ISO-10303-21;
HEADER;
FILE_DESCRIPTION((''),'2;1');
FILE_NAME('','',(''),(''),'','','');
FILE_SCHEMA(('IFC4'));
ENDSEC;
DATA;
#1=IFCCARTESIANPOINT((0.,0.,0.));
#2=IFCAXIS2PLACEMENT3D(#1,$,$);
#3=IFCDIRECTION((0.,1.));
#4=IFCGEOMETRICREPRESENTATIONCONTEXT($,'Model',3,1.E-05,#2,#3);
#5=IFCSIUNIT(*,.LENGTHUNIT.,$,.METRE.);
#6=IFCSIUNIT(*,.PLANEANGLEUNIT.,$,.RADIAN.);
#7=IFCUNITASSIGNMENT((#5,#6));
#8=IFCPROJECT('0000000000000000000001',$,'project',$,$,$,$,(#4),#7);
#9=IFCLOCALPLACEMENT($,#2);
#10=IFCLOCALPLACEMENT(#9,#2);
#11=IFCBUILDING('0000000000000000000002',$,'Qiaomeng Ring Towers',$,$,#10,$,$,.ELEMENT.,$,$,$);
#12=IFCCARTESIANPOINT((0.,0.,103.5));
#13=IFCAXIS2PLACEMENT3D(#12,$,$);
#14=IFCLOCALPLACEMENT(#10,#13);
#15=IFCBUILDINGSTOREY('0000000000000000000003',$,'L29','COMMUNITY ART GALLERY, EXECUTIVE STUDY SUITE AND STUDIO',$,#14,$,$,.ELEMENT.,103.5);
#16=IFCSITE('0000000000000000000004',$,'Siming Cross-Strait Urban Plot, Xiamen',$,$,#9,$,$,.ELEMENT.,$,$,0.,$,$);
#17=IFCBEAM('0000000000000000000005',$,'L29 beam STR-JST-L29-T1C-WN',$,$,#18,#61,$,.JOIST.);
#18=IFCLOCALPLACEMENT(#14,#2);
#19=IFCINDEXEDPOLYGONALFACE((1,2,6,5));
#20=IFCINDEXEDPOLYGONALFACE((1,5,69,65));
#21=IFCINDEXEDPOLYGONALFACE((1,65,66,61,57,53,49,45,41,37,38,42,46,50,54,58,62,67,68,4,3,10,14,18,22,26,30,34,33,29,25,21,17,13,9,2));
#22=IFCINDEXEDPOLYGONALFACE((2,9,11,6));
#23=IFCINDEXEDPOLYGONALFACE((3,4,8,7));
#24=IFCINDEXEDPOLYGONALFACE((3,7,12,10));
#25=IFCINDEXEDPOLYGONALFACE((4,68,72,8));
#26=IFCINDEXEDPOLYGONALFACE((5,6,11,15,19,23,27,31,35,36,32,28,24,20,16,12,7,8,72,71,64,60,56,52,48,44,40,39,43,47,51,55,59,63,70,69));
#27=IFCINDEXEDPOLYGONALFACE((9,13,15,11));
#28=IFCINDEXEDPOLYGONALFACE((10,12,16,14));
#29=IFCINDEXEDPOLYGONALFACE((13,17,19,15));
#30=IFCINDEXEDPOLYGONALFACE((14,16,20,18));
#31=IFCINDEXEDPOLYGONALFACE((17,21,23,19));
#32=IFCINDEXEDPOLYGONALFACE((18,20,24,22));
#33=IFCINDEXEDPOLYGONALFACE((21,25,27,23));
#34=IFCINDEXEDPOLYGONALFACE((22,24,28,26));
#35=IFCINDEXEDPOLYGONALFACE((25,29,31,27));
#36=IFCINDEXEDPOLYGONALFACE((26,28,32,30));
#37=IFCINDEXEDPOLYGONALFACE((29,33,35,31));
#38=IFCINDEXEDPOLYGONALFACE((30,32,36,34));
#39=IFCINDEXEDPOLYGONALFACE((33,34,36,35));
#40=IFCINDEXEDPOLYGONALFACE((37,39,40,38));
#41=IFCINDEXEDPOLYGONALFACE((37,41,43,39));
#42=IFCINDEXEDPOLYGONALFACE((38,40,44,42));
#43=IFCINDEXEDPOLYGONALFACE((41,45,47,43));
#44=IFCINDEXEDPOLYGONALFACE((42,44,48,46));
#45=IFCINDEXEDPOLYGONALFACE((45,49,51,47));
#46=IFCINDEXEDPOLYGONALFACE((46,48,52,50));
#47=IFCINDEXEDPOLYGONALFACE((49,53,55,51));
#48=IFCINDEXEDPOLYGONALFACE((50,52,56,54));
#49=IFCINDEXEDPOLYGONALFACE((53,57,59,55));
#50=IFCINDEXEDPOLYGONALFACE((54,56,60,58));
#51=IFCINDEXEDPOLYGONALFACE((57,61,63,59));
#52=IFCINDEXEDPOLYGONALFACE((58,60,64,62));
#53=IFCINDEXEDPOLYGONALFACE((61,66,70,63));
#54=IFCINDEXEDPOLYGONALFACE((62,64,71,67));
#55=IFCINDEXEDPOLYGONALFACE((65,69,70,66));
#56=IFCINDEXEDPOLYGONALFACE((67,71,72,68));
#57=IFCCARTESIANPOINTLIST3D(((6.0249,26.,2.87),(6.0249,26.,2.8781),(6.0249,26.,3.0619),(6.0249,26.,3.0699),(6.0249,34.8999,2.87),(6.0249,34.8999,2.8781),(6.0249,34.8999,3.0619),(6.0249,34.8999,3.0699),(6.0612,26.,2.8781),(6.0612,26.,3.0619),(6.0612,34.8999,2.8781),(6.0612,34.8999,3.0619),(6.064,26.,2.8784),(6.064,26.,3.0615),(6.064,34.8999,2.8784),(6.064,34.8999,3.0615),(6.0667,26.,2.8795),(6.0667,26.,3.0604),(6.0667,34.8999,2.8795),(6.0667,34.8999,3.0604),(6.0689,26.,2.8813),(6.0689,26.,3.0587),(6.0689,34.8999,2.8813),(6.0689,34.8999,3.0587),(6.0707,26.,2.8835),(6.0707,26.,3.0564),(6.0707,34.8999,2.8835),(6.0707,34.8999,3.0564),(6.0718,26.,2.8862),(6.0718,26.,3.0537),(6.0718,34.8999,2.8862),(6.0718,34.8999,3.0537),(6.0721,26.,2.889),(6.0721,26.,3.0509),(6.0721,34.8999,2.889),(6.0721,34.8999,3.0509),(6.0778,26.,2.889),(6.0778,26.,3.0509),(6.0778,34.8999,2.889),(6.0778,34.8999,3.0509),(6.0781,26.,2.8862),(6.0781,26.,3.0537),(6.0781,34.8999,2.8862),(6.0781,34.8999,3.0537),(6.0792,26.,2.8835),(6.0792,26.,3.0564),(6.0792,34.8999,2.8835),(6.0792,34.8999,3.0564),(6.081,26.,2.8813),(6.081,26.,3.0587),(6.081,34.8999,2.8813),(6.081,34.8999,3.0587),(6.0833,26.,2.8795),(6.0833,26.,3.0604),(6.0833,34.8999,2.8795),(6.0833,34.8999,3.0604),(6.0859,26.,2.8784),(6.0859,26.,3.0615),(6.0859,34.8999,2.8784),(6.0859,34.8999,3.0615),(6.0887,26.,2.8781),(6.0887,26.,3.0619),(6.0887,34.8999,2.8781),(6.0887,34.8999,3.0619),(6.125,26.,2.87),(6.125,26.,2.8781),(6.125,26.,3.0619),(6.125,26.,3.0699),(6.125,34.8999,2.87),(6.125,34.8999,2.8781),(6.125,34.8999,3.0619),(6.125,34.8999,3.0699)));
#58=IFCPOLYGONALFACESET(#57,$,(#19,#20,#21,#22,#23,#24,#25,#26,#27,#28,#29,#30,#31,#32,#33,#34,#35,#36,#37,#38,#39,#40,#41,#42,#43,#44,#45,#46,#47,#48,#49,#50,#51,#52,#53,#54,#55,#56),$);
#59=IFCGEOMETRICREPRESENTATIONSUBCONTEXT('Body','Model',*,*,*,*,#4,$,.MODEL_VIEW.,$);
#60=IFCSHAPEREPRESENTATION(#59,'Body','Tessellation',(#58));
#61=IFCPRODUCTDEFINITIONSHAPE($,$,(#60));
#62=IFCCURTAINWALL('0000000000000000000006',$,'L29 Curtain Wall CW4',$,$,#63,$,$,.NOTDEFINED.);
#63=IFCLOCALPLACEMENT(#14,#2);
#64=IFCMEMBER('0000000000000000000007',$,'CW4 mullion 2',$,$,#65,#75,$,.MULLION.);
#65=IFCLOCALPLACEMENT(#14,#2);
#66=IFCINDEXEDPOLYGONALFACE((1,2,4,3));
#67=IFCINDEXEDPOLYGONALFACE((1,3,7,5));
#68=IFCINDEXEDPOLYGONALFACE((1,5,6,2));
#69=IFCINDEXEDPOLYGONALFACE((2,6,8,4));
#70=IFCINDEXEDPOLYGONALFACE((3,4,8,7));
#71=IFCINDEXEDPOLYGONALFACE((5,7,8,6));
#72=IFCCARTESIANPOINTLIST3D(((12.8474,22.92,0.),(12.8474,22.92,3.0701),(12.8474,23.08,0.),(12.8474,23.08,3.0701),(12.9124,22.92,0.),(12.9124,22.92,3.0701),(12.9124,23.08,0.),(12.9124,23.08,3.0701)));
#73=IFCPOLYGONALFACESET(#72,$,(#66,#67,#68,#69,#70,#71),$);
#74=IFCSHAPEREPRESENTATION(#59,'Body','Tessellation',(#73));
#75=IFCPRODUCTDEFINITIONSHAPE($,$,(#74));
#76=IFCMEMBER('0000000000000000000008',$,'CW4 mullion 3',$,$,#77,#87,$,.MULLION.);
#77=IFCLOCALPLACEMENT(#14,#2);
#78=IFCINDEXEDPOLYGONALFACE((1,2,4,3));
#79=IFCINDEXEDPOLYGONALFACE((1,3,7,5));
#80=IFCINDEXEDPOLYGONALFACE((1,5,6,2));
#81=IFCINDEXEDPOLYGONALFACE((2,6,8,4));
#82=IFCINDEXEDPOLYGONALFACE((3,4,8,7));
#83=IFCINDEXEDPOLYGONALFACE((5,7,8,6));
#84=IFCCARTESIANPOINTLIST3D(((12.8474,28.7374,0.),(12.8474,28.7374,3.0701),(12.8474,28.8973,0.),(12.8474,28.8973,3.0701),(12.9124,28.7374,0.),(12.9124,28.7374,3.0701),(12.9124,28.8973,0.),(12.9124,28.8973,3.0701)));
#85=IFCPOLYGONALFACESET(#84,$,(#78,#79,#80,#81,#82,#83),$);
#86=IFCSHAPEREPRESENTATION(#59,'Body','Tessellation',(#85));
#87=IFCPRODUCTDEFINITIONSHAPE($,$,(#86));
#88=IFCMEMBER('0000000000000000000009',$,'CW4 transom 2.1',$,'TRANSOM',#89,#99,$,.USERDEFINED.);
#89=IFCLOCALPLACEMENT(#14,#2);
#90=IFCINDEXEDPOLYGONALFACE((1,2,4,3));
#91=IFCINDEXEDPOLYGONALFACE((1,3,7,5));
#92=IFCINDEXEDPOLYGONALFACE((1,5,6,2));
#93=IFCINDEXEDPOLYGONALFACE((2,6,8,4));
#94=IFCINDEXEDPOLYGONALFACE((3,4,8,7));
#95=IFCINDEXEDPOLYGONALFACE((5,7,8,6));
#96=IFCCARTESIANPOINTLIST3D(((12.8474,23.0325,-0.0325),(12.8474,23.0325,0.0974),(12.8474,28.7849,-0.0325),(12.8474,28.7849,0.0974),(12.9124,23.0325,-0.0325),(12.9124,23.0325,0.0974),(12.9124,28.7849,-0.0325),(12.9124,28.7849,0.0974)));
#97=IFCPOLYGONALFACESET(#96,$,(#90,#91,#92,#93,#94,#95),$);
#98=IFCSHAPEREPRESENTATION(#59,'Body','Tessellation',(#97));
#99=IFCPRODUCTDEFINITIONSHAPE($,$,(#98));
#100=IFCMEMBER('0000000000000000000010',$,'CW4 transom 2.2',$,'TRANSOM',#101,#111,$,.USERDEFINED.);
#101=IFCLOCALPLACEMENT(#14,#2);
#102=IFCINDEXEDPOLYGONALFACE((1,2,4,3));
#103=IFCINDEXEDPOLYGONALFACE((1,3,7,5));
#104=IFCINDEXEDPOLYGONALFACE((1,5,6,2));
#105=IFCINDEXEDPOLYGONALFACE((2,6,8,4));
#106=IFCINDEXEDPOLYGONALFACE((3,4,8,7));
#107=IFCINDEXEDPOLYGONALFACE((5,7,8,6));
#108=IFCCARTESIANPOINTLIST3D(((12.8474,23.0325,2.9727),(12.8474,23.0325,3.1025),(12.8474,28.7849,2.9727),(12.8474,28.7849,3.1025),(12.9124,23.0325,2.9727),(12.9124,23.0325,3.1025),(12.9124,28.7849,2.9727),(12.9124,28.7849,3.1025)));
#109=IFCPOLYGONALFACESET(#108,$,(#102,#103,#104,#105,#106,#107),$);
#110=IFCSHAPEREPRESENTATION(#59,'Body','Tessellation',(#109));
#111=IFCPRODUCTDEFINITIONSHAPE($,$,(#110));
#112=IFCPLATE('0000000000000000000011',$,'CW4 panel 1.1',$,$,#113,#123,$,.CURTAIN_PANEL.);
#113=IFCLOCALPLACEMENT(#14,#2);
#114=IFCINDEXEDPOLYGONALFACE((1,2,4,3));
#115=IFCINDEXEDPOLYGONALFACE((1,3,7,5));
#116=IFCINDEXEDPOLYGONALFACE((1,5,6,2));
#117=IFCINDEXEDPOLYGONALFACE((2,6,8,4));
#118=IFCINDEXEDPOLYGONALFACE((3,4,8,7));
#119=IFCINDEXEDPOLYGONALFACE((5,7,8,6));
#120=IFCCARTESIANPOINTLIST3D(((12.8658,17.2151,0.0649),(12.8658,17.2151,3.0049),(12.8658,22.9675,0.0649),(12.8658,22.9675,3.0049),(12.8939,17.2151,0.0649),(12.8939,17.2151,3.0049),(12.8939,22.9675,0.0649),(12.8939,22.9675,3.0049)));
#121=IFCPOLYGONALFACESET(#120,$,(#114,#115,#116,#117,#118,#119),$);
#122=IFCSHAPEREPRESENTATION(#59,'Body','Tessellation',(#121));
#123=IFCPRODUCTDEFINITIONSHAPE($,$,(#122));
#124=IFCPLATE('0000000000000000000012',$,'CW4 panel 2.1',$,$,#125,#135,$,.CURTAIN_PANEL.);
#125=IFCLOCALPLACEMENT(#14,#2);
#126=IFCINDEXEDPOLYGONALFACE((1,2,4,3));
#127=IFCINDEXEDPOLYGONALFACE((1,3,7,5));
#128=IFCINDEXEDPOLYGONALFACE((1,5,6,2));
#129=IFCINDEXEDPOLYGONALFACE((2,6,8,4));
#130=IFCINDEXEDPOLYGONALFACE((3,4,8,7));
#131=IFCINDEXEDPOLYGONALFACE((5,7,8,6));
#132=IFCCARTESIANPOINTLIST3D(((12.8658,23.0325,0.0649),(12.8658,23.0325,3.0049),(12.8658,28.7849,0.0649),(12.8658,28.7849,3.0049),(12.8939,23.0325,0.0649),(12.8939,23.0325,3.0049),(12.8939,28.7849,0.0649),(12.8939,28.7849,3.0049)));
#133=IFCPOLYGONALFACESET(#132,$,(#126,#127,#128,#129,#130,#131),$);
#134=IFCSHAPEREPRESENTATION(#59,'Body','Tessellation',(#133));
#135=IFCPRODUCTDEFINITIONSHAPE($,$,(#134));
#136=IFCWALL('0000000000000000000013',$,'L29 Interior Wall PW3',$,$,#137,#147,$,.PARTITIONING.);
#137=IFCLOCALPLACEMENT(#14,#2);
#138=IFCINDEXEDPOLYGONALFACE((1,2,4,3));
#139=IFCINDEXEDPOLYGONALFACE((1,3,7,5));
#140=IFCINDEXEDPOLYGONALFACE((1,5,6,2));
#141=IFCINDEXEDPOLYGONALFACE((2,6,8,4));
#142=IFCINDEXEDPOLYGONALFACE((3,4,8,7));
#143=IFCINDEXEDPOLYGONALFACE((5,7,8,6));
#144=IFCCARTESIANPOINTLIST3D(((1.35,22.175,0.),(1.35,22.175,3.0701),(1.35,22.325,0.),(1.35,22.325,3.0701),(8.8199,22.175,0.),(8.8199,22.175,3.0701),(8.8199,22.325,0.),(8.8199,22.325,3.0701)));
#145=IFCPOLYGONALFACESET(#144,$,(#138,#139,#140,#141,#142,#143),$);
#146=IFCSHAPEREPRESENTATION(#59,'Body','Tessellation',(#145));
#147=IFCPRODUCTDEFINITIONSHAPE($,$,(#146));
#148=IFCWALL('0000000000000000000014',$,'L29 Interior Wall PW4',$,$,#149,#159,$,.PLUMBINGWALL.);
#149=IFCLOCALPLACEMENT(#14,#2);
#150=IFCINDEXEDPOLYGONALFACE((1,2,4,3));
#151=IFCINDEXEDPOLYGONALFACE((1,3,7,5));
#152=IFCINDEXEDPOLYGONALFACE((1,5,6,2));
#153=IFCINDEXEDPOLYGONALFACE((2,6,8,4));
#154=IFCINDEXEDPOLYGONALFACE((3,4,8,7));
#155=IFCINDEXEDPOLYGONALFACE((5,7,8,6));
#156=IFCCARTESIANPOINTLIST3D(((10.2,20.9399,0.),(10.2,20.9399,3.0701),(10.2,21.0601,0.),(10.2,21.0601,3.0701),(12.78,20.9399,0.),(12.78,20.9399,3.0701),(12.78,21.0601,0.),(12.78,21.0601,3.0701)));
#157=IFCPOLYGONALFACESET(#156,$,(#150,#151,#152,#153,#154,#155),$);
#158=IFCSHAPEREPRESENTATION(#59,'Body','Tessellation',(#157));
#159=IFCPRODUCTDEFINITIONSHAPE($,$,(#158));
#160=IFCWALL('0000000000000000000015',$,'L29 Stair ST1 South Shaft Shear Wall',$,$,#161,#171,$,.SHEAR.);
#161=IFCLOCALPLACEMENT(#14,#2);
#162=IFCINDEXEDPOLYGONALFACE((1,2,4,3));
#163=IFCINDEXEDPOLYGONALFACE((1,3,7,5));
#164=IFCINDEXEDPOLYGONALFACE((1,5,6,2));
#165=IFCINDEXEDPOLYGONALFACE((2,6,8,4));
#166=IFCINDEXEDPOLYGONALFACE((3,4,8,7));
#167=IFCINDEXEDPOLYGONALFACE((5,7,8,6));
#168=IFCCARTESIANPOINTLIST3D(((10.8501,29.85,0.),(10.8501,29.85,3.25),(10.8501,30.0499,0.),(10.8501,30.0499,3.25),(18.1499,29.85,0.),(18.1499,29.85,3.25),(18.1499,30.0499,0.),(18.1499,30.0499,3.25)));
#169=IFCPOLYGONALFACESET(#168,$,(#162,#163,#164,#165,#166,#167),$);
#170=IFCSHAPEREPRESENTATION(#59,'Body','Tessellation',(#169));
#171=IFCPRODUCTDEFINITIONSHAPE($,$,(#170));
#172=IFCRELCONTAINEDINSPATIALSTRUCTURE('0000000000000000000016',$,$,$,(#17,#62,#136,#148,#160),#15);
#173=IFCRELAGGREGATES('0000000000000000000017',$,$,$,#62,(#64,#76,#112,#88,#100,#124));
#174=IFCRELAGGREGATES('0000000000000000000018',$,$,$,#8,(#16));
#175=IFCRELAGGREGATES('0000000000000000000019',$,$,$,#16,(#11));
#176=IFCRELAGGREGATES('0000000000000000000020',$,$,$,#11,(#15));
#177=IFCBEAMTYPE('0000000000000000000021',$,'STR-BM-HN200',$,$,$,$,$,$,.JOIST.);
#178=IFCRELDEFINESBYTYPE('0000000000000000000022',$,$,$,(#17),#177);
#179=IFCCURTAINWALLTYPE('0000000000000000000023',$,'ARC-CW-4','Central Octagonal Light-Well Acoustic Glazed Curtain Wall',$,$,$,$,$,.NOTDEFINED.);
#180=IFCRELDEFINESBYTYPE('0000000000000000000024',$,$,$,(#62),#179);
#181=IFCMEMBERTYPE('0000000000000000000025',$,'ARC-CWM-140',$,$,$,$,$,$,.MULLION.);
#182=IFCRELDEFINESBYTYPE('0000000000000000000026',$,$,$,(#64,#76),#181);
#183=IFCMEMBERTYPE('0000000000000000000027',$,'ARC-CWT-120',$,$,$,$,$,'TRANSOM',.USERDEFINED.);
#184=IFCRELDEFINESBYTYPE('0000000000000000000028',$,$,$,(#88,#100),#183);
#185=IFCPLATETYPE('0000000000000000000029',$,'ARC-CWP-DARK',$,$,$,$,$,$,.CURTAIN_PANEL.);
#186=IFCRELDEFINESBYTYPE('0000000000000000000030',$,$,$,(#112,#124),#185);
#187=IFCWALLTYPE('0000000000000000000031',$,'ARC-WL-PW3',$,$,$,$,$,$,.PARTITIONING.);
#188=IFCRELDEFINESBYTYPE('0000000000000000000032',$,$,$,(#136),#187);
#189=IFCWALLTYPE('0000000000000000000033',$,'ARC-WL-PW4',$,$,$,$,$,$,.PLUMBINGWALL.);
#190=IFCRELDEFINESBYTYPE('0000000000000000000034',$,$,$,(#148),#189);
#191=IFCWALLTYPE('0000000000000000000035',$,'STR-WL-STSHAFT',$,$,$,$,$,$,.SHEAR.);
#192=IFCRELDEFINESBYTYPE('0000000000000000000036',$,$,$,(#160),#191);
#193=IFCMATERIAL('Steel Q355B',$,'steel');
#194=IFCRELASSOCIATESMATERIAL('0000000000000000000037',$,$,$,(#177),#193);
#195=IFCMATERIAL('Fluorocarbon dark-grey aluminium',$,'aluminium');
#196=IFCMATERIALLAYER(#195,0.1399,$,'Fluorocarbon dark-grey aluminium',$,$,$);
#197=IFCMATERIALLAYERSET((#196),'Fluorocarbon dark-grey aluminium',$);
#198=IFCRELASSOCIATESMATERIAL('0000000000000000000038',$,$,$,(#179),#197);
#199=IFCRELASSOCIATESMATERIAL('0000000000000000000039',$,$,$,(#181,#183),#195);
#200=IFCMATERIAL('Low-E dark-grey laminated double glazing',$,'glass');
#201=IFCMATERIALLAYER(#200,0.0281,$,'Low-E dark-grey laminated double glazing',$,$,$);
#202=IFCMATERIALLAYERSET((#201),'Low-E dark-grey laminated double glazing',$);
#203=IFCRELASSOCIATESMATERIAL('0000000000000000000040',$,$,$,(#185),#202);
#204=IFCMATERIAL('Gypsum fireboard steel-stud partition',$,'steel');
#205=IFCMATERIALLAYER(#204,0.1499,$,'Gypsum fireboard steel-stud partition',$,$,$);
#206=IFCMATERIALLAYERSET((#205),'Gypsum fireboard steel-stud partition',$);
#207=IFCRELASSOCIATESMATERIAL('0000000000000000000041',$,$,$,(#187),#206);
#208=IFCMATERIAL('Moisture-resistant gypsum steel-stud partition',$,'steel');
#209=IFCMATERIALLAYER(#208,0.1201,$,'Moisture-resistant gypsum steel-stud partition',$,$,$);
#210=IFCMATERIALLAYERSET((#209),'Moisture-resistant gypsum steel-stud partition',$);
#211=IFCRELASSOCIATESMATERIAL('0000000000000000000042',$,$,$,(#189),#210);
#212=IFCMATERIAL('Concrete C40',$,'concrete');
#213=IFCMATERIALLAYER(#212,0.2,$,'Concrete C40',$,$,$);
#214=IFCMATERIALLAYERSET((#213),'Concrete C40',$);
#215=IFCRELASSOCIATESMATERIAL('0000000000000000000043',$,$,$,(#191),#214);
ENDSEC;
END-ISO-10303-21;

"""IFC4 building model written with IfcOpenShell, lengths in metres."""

from ifc_helpers import new_model, si_unit, direction, frame, frame_2d, origin, origin_2d, place, context, subcontext, project, spatial, rectangle, i_section, extrude, source, transform, mapped, material, layer, layer_set, material_profile, profile_set, type_object, element, aggregate, save


model = new_model("IFC4")

# Units and contexts
model_context = context("Model", 3, precision=1e-05, world=origin(), true_north=direction((0.0, 1.0)))
body_context = subcontext(model_context, "Body", "Model", "MODEL_VIEW")
ifc_project = project(units=[si_unit("LENGTHUNIT", "METRE"), si_unit("PLANEANGLEUNIT", "RADIAN")], contexts=[model_context])

# Site, building, storey
site_placement = place(None, origin())
site = spatial("IfcSite", under=ifc_project, at=site_placement, Name="Siming Cross-Strait Urban Plot, Xiamen", CompositionType="ELEMENT", RefElevation=0.0)
building_placement = place(site_placement, origin())
building = spatial("IfcBuilding", under=site, at=building_placement, Name="Qiaomeng Ring Towers", CompositionType="ELEMENT")
storey_placement = place(building_placement, frame((0.0, 0.0, 103.5)))
storey = spatial("IfcBuildingStorey", under=building, at=storey_placement, Name="L29", Description="COMMUNITY ART GALLERY, EXECUTIVE STUDY SUITE AND STUDIO", CompositionType="ELEMENT", Elevation=103.5)

# Beam
ifc_material_1 = material(Name="Steel Q355B", Category="steel")
ifc_material_profile_1 = material_profile(ifc_material_1, i_section(OverallWidth=0.1001, OverallDepth=0.2, WebThickness=0.0056, FlangeThickness=0.0081, FilletRadius=0.011, at=origin_2d()), Name="HN 200x100x5.5x8")
ifc_profile_set_1 = profile_set([ifc_material_profile_1], Name="Steel Q355B")
beam_type_1 = type_object("IfcBeamType", Name="STR-BM-HN200", PredefinedType="JOIST", material=ifc_profile_set_1)
shared_shape_1 = source(origin(), body_context, "Body", "SweptSolid", [
    extrude(i_section(OverallWidth=0.1001, OverallDepth=0.2, WebThickness=0.0056, FlangeThickness=0.0081, FilletRadius=0.011, at=origin_2d()), origin(), (0.0, 0.0, 1.0), 8.8999),
])
beam_1_placement = place(storey_placement, frame((6.075, 26.0, 2.97), z_axis=(0.0, 1.0, 0.0), x_axis=(-1.0, 0.0, 0.0)))
element("IfcBeam", 1, at=beam_1_placement, inside=storey, type_object=beam_type_1, Name="L29 beam STR-JST-L29-T1C-WN", PredefinedType="JOIST", context=body_context, shape_type="MappedRepresentation", body=[
    mapped(shared_shape_1, transform((0.0, 0.0, 0.0), x_axis=(1.0, 0.0, 0.0), y_axis=(0.0, 1.0, 0.0), z_axis=(0.0, 0.0, 1.0), scale=1.0)),
])

# Curtain wall, members, plates
ifc_material_2 = material(Name="Fluorocarbon dark-grey aluminium", Category="aluminium")
ifc_layer_1 = layer(ifc_material_2, 0.1399, Name="Fluorocarbon dark-grey aluminium")
ifc_layer_set_1 = layer_set([ifc_layer_1], Name="Fluorocarbon dark-grey aluminium")
curtain_wall_type = type_object("IfcCurtainWallType", Name="ARC-CW-4", Description="Central Octagonal Light-Well Acoustic Glazed Curtain Wall", PredefinedType="NOTDEFINED", material=ifc_layer_set_1)
curtain_wall_placement = place(storey_placement, origin())
curtain_wall = element("IfcCurtainWall", 2, at=curtain_wall_placement, inside=storey, type_object=curtain_wall_type, Name="L29 Curtain Wall CW4", PredefinedType="NOTDEFINED")
ifc_material_profile_2 = material_profile(ifc_material_2, rectangle(XDim=0.0649, YDim=0.1599, at=origin_2d()), Name="ALU MULL 65x160")
ifc_profile_set_2 = profile_set([ifc_material_profile_2], Name="Fluorocarbon dark-grey aluminium")
member_type_1 = type_object("IfcMemberType", Name="ARC-CWM-140", PredefinedType="MULLION", material=ifc_profile_set_2)
shared_shape_2 = source(origin(), body_context, "Body", "SweptSolid", [
    extrude(rectangle(XDim=0.0649, YDim=0.1599, at=origin_2d()), origin(), (0.0, 0.0, 1.0), 3.0701),
])
member_1_placement = place(storey_placement, frame((12.8799, 23.0, 0.0), z_axis=(0.0, 0.0, 1.0), x_axis=(-1.0, 0.0, 0.0)))
member_1 = element("IfcMember", 3, at=member_1_placement, type_object=member_type_1, Name="CW4 mullion 2", PredefinedType="MULLION", context=body_context, shape_type="MappedRepresentation", body=[
    mapped(shared_shape_2, transform((0.0, 0.0, 0.0), x_axis=(1.0, 0.0, 0.0), y_axis=(0.0, 1.0, 0.0), z_axis=(0.0, 0.0, 1.0), scale=1.0)),
])
member_2_placement = place(storey_placement, frame((12.8799, 28.8174, 0.0), z_axis=(0.0, 0.0, 1.0), x_axis=(-1.0, 0.0, 0.0)))
member_2 = element("IfcMember", 4, at=member_2_placement, type_object=member_type_1, Name="CW4 mullion 3", PredefinedType="MULLION", context=body_context, shape_type="MappedRepresentation", body=[
    mapped(shared_shape_2, transform((0.0, 0.0, 0.0), x_axis=(1.0, 0.0, 0.0), y_axis=(0.0, 1.0, 0.0), z_axis=(0.0, 0.0, 1.0), scale=1.0)),
])
ifc_material_profile_3 = material_profile(ifc_material_2, rectangle(XDim=0.0649, YDim=0.1299, at=origin_2d()), Name="ALU TRAN 65x130")
ifc_profile_set_3 = profile_set([ifc_material_profile_3], Name="Fluorocarbon dark-grey aluminium")
member_type_2 = type_object("IfcMemberType", Name="ARC-CWT-120", ElementType="TRANSOM", PredefinedType="USERDEFINED", material=ifc_profile_set_3)
shared_shape_3 = source(origin(), body_context, "Body", "SweptSolid", [
    extrude(rectangle(XDim=0.0649, YDim=0.1299, at=origin_2d()), origin(), (0.0, 0.0, 1.0), 5.7524),
])
member_3_placement = place(storey_placement, frame((12.8799, 23.0325, 0.0325), z_axis=(0.0, 1.0, 0.0), x_axis=(-1.0, 0.0, 0.0)))
member_3 = element("IfcMember", 5, at=member_3_placement, type_object=member_type_2, Name="CW4 transom 2.1", ObjectType="TRANSOM", PredefinedType="USERDEFINED", context=body_context, shape_type="MappedRepresentation", body=[
    mapped(shared_shape_3, transform((0.0, 0.0, 0.0), x_axis=(1.0, 0.0, 0.0), y_axis=(0.0, 1.0, 0.0), z_axis=(0.0, 0.0, 1.0), scale=1.0)),
])
member_4_placement = place(storey_placement, frame((12.8799, 23.0325, 3.0376), z_axis=(0.0, 1.0, 0.0), x_axis=(-1.0, 0.0, 0.0)))
member_4 = element("IfcMember", 6, at=member_4_placement, type_object=member_type_2, Name="CW4 transom 2.2", ObjectType="TRANSOM", PredefinedType="USERDEFINED", context=body_context, shape_type="MappedRepresentation", body=[
    mapped(shared_shape_3, transform((0.0, 0.0, 0.0), x_axis=(1.0, 0.0, 0.0), y_axis=(0.0, 1.0, 0.0), z_axis=(0.0, 0.0, 1.0), scale=1.0)),
])
ifc_material_3 = material(Name="Low-E dark-grey laminated double glazing", Category="glass")
ifc_layer_2 = layer(ifc_material_3, 0.0281, Name="Low-E dark-grey laminated double glazing")
ifc_layer_set_2 = layer_set([ifc_layer_2], Name="Low-E dark-grey laminated double glazing")
plate_type = type_object("IfcPlateType", Name="ARC-CWP-DARK", PredefinedType="CURTAIN_PANEL", material=ifc_layer_set_2)
shared_shape_4 = source(origin(), body_context, "Body", "SweptSolid", [
    extrude(rectangle(XDim=5.7524, YDim=0.0281, at=origin_2d()), origin(), (0.0, 0.0, 1.0), 2.9399),
])
plate_1_placement = place(storey_placement, frame((12.8799, 20.0913, 0.0649), z_axis=(0.0, 0.0, 1.0), x_axis=(0.0, 1.0, 0.0)))
plate_1 = element("IfcPlate", 7, at=plate_1_placement, type_object=plate_type, Name="CW4 panel 1.1", PredefinedType="CURTAIN_PANEL", context=body_context, shape_type="MappedRepresentation", body=[
    mapped(shared_shape_4, transform((0.0, 0.0, 0.0), x_axis=(1.0, 0.0, 0.0), y_axis=(0.0, 1.0, 0.0), z_axis=(0.0, 0.0, 1.0), scale=1.0)),
])
plate_2_placement = place(storey_placement, frame((12.8799, 25.9087, 0.0649), z_axis=(0.0, 0.0, 1.0), x_axis=(0.0, 1.0, 0.0)))
plate_2 = element("IfcPlate", 8, at=plate_2_placement, type_object=plate_type, Name="CW4 panel 2.1", PredefinedType="CURTAIN_PANEL", context=body_context, shape_type="MappedRepresentation", body=[
    mapped(shared_shape_4, transform((0.0, 0.0, 0.0), x_axis=(1.0, 0.0, 0.0), y_axis=(0.0, 1.0, 0.0), z_axis=(0.0, 0.0, 1.0), scale=1.0)),
])
aggregate(curtain_wall, [member_1, member_2, plate_1, member_3, member_4, plate_2])

# Walls
ifc_material_4 = material(Name="Gypsum fireboard steel-stud partition", Category="steel")
ifc_layer_3 = layer(ifc_material_4, 0.1499, Name="Gypsum fireboard steel-stud partition")
ifc_layer_set_3 = layer_set([ifc_layer_3], Name="Gypsum fireboard steel-stud partition")
wall_type_1 = type_object("IfcWallType", Name="ARC-WL-PW3", PredefinedType="PARTITIONING", material=ifc_layer_set_3)
wall_1_placement = place(storey_placement, frame((1.3501, 22.25, 0.0), z_axis=(0.0, 0.0, 1.0), x_axis=(1.0, 0.0, 0.0)))
element("IfcWall", 9, at=wall_1_placement, inside=storey, type_object=wall_type_1, Name="L29 Interior Wall PW3", PredefinedType="PARTITIONING", context=body_context, shape_type="SweptSolid", body=[
    extrude(rectangle(XDim=7.47, YDim=0.1499, at=frame_2d((3.7349, 0.0))), origin(), (0.0, 0.0, 1.0), 3.0701),
])
ifc_material_5 = material(Name="Moisture-resistant gypsum steel-stud partition", Category="steel")
ifc_layer_4 = layer(ifc_material_5, 0.1201, Name="Moisture-resistant gypsum steel-stud partition")
ifc_layer_set_4 = layer_set([ifc_layer_4], Name="Moisture-resistant gypsum steel-stud partition")
wall_type_2 = type_object("IfcWallType", Name="ARC-WL-PW4", PredefinedType="PLUMBINGWALL", material=ifc_layer_set_4)
wall_2_placement = place(storey_placement, frame((10.2, 21.0, 0.0), z_axis=(0.0, 0.0, 1.0), x_axis=(1.0, 0.0, 0.0)))
element("IfcWall", 10, at=wall_2_placement, inside=storey, type_object=wall_type_2, Name="L29 Interior Wall PW4", PredefinedType="PLUMBINGWALL", context=body_context, shape_type="SweptSolid", body=[
    extrude(rectangle(XDim=2.5801, YDim=0.1201, at=frame_2d((1.29, 0.0))), origin(), (0.0, 0.0, 1.0), 3.0701),
])
ifc_material_6 = material(Name="Concrete C40", Category="concrete")
ifc_layer_5 = layer(ifc_material_6, 0.2, Name="Concrete C40")
ifc_layer_set_5 = layer_set([ifc_layer_5], Name="Concrete C40")
wall_type_3 = type_object("IfcWallType", Name="STR-WL-STSHAFT", PredefinedType="SHEAR", material=ifc_layer_set_5)
wall_3_placement = place(storey_placement, frame((10.8501, 29.95, 0.0), z_axis=(0.0, 0.0, 1.0), x_axis=(1.0, 0.0, 0.0)))
element("IfcWall", 11, at=wall_3_placement, inside=storey, type_object=wall_type_3, Name="L29 Stair ST1 South Shaft Shear Wall", PredefinedType="SHEAR", context=body_context, shape_type="SweptSolid", body=[
    extrude(rectangle(XDim=7.2998, YDim=0.2, at=frame_2d((3.6499, 0.0))), origin(), (0.0, 0.0, 1.0), 3.25),
])

save(model, "model.ifc")
